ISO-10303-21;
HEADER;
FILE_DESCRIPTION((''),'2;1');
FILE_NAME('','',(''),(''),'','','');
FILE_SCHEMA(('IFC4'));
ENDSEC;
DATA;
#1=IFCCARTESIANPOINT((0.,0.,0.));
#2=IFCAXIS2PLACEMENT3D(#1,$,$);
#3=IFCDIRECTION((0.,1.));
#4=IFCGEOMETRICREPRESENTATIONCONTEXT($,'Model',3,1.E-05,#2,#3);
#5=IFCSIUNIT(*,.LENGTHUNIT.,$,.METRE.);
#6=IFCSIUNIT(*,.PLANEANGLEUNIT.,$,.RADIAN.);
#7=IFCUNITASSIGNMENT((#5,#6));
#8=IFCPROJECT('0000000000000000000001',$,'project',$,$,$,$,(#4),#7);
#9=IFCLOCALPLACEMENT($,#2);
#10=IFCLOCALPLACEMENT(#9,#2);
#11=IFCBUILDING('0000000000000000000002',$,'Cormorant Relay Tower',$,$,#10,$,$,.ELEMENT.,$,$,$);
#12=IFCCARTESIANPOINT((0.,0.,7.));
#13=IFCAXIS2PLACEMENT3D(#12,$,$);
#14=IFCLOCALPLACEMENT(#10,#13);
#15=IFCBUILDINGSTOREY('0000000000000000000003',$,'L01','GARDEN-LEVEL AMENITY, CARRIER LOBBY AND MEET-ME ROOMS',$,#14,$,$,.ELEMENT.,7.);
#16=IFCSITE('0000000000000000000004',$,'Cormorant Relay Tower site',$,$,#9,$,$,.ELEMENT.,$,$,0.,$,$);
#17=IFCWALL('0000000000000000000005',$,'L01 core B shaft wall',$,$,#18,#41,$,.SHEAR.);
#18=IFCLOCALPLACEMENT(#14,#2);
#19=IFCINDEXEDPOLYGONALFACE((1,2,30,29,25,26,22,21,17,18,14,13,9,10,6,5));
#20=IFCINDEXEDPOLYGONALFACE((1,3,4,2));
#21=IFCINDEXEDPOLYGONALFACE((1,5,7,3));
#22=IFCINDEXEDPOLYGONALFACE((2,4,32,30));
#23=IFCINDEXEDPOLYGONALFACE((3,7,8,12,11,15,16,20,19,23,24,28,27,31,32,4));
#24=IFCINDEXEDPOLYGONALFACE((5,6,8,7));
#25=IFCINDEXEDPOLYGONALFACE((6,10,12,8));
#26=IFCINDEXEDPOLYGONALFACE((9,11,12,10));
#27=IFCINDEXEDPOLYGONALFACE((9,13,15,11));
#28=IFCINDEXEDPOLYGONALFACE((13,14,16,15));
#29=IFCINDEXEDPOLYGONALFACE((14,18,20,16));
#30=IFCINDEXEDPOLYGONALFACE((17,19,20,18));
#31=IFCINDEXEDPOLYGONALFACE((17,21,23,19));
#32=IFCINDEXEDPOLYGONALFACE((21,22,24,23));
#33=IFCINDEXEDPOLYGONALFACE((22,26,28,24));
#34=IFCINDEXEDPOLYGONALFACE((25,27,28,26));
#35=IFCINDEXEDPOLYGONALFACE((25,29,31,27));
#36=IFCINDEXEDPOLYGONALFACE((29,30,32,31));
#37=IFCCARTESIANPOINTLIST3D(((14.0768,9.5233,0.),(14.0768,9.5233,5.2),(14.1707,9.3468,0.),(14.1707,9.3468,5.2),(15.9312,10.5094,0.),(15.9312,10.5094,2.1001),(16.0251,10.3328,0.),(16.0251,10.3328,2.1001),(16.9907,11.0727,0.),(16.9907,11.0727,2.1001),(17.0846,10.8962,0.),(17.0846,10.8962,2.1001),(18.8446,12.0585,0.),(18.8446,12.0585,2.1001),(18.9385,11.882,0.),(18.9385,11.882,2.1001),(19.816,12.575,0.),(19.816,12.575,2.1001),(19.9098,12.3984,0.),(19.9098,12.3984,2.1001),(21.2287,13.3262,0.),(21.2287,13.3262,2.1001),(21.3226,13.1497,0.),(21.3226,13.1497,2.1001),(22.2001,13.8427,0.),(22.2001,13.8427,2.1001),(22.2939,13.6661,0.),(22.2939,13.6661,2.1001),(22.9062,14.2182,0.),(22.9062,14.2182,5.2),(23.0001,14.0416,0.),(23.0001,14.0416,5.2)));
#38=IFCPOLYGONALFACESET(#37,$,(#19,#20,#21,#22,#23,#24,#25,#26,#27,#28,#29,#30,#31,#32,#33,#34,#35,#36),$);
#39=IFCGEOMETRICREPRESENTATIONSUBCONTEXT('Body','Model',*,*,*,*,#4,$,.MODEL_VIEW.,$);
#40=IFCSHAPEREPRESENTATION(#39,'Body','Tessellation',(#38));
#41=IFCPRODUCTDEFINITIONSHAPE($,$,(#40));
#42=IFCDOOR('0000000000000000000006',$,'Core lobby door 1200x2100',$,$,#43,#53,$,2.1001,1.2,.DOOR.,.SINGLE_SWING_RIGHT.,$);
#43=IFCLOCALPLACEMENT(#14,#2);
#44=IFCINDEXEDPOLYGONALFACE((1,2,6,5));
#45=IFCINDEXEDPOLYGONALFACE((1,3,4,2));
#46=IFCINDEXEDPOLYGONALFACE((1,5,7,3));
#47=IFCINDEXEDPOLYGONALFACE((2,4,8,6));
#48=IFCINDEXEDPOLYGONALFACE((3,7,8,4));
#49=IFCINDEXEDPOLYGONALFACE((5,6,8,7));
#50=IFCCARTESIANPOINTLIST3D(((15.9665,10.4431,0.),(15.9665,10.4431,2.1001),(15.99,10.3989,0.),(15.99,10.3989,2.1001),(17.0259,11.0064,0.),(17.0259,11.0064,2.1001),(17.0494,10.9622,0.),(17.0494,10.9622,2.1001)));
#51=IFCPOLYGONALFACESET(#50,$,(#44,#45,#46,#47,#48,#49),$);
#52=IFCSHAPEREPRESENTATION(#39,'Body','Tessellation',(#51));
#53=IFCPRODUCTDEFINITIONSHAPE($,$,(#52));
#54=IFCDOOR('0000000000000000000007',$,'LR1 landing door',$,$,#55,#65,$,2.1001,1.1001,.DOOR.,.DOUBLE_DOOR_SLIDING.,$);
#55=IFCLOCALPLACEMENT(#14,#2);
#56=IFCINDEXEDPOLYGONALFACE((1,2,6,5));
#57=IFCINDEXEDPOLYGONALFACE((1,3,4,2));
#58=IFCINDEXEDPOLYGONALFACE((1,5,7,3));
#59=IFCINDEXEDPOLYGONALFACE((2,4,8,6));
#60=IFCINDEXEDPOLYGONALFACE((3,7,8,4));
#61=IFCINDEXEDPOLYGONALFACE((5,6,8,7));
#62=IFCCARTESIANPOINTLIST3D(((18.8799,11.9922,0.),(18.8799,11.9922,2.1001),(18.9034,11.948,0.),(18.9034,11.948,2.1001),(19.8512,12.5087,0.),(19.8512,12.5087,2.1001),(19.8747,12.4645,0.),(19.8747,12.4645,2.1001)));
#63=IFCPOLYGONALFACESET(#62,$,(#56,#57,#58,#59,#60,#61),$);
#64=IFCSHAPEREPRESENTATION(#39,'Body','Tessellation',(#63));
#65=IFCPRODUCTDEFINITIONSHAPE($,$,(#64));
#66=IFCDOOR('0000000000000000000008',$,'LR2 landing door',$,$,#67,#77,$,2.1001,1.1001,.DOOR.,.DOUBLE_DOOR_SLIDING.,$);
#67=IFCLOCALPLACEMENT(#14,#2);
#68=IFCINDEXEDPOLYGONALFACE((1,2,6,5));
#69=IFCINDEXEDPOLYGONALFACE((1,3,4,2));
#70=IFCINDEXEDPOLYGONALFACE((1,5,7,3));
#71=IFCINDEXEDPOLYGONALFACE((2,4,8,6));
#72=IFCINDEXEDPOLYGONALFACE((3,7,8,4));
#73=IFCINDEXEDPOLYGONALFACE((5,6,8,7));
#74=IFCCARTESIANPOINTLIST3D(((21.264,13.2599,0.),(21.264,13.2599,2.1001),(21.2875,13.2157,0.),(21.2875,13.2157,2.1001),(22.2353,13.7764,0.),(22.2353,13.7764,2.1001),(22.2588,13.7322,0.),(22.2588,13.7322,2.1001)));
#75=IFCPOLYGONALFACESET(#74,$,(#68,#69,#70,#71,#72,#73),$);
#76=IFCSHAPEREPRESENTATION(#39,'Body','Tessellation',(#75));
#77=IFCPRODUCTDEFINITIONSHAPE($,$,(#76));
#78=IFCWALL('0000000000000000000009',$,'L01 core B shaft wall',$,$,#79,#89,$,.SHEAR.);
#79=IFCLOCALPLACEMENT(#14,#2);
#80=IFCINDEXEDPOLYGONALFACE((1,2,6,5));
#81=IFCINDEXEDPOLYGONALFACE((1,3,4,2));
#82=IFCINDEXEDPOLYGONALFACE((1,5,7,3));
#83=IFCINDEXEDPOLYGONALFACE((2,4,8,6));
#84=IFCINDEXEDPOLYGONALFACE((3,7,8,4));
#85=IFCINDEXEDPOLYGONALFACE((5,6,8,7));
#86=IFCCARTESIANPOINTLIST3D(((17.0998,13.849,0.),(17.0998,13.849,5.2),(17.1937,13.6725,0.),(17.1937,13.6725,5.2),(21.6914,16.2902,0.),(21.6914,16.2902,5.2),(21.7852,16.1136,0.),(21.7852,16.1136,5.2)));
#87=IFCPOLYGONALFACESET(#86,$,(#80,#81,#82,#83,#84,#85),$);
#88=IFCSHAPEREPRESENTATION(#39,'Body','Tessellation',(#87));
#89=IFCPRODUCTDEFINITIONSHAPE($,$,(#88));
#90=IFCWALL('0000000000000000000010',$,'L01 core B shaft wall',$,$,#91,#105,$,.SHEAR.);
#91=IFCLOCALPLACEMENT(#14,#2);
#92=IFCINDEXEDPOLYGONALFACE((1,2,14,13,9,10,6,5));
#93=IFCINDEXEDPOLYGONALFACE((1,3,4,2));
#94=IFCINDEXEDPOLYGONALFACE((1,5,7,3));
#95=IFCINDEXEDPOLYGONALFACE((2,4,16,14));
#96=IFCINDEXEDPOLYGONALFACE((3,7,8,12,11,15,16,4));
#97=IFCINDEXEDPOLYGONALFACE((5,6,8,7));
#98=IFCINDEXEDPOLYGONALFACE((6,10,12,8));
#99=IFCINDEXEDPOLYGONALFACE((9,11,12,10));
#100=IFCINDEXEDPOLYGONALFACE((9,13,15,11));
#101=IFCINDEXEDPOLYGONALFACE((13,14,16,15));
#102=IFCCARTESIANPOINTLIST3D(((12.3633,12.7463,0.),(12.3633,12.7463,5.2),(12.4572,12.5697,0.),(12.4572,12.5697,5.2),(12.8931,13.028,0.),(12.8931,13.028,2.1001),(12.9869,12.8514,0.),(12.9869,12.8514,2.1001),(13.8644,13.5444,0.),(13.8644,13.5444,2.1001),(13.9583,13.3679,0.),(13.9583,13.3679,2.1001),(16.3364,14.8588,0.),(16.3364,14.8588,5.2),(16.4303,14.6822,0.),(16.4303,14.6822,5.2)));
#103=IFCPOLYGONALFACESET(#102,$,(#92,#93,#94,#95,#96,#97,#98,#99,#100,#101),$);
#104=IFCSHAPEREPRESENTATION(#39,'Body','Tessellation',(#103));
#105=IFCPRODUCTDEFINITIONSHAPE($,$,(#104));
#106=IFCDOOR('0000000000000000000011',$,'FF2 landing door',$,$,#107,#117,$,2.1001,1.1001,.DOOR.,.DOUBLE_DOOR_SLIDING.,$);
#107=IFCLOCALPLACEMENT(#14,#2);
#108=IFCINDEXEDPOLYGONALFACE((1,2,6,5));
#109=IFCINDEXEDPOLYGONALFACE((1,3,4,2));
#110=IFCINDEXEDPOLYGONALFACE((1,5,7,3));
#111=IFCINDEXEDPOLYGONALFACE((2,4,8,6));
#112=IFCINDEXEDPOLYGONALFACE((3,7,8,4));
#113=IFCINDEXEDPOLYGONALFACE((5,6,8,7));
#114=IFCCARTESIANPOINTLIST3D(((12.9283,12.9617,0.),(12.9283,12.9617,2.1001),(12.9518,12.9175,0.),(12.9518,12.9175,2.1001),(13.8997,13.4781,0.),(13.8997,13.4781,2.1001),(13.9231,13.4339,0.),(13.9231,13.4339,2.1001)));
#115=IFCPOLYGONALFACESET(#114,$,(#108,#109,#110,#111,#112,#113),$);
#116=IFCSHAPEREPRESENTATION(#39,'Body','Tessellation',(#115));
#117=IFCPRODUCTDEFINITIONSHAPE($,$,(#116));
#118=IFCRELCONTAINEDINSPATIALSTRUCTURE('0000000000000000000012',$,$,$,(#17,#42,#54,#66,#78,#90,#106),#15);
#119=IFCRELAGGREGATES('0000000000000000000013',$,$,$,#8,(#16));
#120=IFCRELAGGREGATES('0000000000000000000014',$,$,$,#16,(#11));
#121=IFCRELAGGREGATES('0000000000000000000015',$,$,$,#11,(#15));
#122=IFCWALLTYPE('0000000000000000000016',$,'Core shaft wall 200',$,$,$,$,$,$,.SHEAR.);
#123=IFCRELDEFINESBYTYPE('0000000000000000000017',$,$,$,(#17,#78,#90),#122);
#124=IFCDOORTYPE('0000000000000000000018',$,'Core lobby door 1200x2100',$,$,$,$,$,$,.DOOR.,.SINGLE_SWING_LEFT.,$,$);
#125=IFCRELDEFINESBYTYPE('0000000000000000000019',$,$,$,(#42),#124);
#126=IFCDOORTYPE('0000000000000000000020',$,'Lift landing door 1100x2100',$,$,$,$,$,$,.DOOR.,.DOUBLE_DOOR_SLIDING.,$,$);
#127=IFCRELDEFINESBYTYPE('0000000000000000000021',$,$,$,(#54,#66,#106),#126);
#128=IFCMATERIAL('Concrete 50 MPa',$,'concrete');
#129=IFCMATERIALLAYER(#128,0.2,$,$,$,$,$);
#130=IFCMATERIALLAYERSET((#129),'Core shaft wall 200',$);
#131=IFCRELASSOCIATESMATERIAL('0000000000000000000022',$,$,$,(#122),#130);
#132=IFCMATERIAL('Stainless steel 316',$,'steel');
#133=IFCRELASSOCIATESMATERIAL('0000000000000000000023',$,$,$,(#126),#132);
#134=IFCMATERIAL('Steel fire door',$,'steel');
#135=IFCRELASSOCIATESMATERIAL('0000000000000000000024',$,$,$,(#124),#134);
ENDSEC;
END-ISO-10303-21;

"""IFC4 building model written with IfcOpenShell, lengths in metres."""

from ifc_helpers import new_model, si_unit, direction, frame, frame_2d, origin, place, context, subcontext, project, spatial, rectangle, extrude, material, layer, layer_set, type_object, element, fill, save


model = new_model("IFC4")

# Units and contexts
model_context = context("Model", 3, precision=1e-05, world=origin(), true_north=direction((0.0, 1.0)))
body_context = subcontext(model_context, "Body", "Model", "MODEL_VIEW")
ifc_project = project(units=[si_unit("LENGTHUNIT", "METRE"), si_unit("PLANEANGLEUNIT", "RADIAN")], contexts=[model_context])

# Site, building, storey
site_placement = place(None, origin())
site = spatial("IfcSite", under=ifc_project, at=site_placement, Name="Cormorant Relay Tower site", CompositionType="ELEMENT", RefElevation=0.0)
building_placement = place(site_placement, origin())
building = spatial("IfcBuilding", under=site, at=building_placement, Name="Cormorant Relay Tower", CompositionType="ELEMENT")
storey_placement = place(building_placement, frame((0.0, 0.0, 7.0)))
storey = spatial("IfcBuildingStorey", under=building, at=storey_placement, Name="L01", Description="GARDEN-LEVEL AMENITY, CARRIER LOBBY AND MEET-ME ROOMS", CompositionType="ELEMENT", Elevation=7.0)

# Shared definitions
ifc_material_1 = material(Name="Concrete 50 MPa", Category="concrete")
ifc_layer_1 = layer(ifc_material_1, 0.2)
ifc_layer_set_1 = layer_set([ifc_layer_1], Name="Core shaft wall 200")
wall_type_1 = type_object("IfcWallType", Name="Core shaft wall 200", PredefinedType="SHEAR", material=ifc_layer_set_1)

# Wall, openings, doors
ifc_material_2 = material(Name="Stainless steel 316", Category="steel")
door_type_1 = type_object("IfcDoorType", Name="Lift landing door 1100x2100", OperationType="DOUBLE_DOOR_SLIDING", PredefinedType="DOOR", material=ifc_material_2)
wall_1_placement = place(storey_placement, frame((14.1238, 9.4351, 0.0), z_axis=(0.0, 0.0, 1.0), x_axis=(0.88294, 0.469485, 0.0)))
wall_1 = element("IfcWall", 1, at=wall_1_placement, inside=storey, type_object=wall_type_1, Name="L01 core B shaft wall", PredefinedType="SHEAR", context=body_context, shape_type="SweptSolid", body=[
    extrude(rectangle(XDim=10.0, YDim=0.2, at=frame_2d((5.0, 0.0))), origin(), (0.0, 0.0, 1.0), 5.2),
])
opening_1_placement = place(wall_1_placement, frame((2.1001, 0.0, 0.0)))
opening_1 = element("IfcOpeningElement", 2, at=opening_1_placement, cuts=wall_1, PredefinedType="OPENING", context=body_context, shape_type="SweptSolid", body=[
    extrude(rectangle(XDim=1.2, YDim=2.1001, at=frame_2d((0.6001, 1.05))), frame((0.0, 0.1099, 0.0), z_axis=(0.0, -1.0, 0.0), x_axis=(1.0, 0.0, 0.0)), (0.0, 0.0, 1.0), 0.22),
])
opening_2_placement = place(wall_1_placement, frame((5.3999, 0.0, 0.0)))
opening_2 = element("IfcOpeningElement", 3, at=opening_2_placement, cuts=wall_1, PredefinedType="OPENING", context=body_context, shape_type="SweptSolid", body=[
    extrude(rectangle(XDim=1.1001, YDim=2.1001, at=frame_2d((0.55, 1.05))), frame((0.0, 0.1099, 0.0), z_axis=(0.0, -1.0, 0.0), x_axis=(1.0, 0.0, 0.0)), (0.0, 0.0, 1.0), 0.22),
])
opening_3_placement = place(wall_1_placement, frame((8.1001, 0.0, 0.0)))
opening_3 = element("IfcOpeningElement", 4, at=opening_3_placement, cuts=wall_1, PredefinedType="OPENING", context=body_context, shape_type="SweptSolid", body=[
    extrude(rectangle(XDim=1.1001, YDim=2.1001, at=frame_2d((0.55, 1.05))), frame((0.0, 0.1099, 0.0), z_axis=(0.0, -1.0, 0.0), x_axis=(1.0, 0.0, 0.0)), (0.0, 0.0, 1.0), 0.22),
])
ifc_material_3 = material(Name="Steel fire door", Category="steel")
door_type_2 = type_object("IfcDoorType", Name="Core lobby door 1200x2100", OperationType="SINGLE_SWING_LEFT", PredefinedType="DOOR", material=ifc_material_3)
door_1_placement = place(opening_1_placement, origin())
door_1 = element("IfcDoor", 5, at=door_1_placement, inside=storey, type_object=door_type_2, Name="Core lobby door 1200x2100", OperationType="SINGLE_SWING_RIGHT", OverallHeight=2.1001, OverallWidth=1.2, PredefinedType="DOOR", context=body_context, shape_type="SweptSolid", body=[
    extrude(rectangle(XDim=1.2, YDim=2.1001, at=frame_2d((0.6001, 1.05))), frame((0.0, 0.0249, 0.0), z_axis=(0.0, -1.0, 0.0), x_axis=(1.0, 0.0, 0.0)), (0.0, 0.0, 1.0), 0.05),
])
fill(opening_1, door_1)
door_2_placement = place(opening_2_placement, origin())
door_2 = element("IfcDoor", 6, at=door_2_placement, inside=storey, type_object=door_type_1, Name="LR1 landing door", OperationType="DOUBLE_DOOR_SLIDING", OverallHeight=2.1001, OverallWidth=1.1001, PredefinedType="DOOR", context=body_context, shape_type="SweptSolid", body=[
    extrude(rectangle(XDim=1.1001, YDim=2.1001, at=frame_2d((0.55, 1.05))), frame((0.0, 0.0249, 0.0), z_axis=(0.0, -1.0, 0.0), x_axis=(1.0, 0.0, 0.0)), (0.0, 0.0, 1.0), 0.05),
])
fill(opening_2, door_2)
door_3_placement = place(opening_3_placement, origin())
door_3 = element("IfcDoor", 7, at=door_3_placement, inside=storey, type_object=door_type_1, Name="LR2 landing door", OperationType="DOUBLE_DOOR_SLIDING", OverallHeight=2.1001, OverallWidth=1.1001, PredefinedType="DOOR", context=body_context, shape_type="SweptSolid", body=[
    extrude(rectangle(XDim=1.1001, YDim=2.1001, at=frame_2d((0.55, 1.05))), frame((0.0, 0.0249, 0.0), z_axis=(0.0, -1.0, 0.0), x_axis=(1.0, 0.0, 0.0)), (0.0, 0.0, 1.0), 0.05),
])
fill(opening_3, door_3)

# Wall
wall_2_placement = place(storey_placement, frame((17.1467, 13.7607, 0.0), z_axis=(0.0, 0.0, 1.0), x_axis=(0.882964, 0.46944, 0.0)))
element("IfcWall", 8, at=wall_2_placement, inside=storey, type_object=wall_type_1, Name="L01 core B shaft wall", PredefinedType="SHEAR", context=body_context, shape_type="SweptSolid", body=[
    extrude(rectangle(XDim=5.2002, YDim=0.2, at=frame_2d((2.6001, 0.0))), origin(), (0.0, 0.0, 1.0), 5.2),
])

# Wall, opening, door
wall_3_placement = place(storey_placement, frame((12.4102, 12.658, 0.0), z_axis=(0.0, 0.0, 1.0), x_axis=(0.882948, 0.46947, 0.0)))
wall_3 = element("IfcWall", 9, at=wall_3_placement, inside=storey, type_object=wall_type_1, Name="L01 core B shaft wall", PredefinedType="SHEAR", context=body_context, shape_type="SweptSolid", body=[
    extrude(rectangle(XDim=4.4998, YDim=0.2, at=frame_2d((2.25, 0.0))), origin(), (0.0, 0.0, 1.0), 5.2),
])
opening_4_placement = place(wall_3_placement, frame((0.6001, 0.0, 0.0)))
opening_4 = element("IfcOpeningElement", 10, at=opening_4_placement, cuts=wall_3, PredefinedType="OPENING", context=body_context, shape_type="SweptSolid", body=[
    extrude(rectangle(XDim=1.1001, YDim=2.1001, at=frame_2d((0.55, 1.05))), frame((0.0, 0.1099, 0.0), z_axis=(0.0, -1.0, 0.0), x_axis=(1.0, 0.0, 0.0)), (0.0, 0.0, 1.0), 0.22),
])
door_4_placement = place(opening_4_placement, origin())
door_4 = element("IfcDoor", 11, at=door_4_placement, inside=storey, type_object=door_type_1, Name="FF2 landing door", OperationType="DOUBLE_DOOR_SLIDING", OverallHeight=2.1001, OverallWidth=1.1001, PredefinedType="DOOR", context=body_context, shape_type="SweptSolid", body=[
    extrude(rectangle(XDim=1.1001, YDim=2.1001, at=frame_2d((0.55, 1.05))), frame((0.0, 0.0249, 0.0), z_axis=(0.0, -1.0, 0.0), x_axis=(1.0, 0.0, 0.0)), (0.0, 0.0, 1.0), 0.05),
])
fill(opening_4, door_4)

save(model, "model.ifc")
